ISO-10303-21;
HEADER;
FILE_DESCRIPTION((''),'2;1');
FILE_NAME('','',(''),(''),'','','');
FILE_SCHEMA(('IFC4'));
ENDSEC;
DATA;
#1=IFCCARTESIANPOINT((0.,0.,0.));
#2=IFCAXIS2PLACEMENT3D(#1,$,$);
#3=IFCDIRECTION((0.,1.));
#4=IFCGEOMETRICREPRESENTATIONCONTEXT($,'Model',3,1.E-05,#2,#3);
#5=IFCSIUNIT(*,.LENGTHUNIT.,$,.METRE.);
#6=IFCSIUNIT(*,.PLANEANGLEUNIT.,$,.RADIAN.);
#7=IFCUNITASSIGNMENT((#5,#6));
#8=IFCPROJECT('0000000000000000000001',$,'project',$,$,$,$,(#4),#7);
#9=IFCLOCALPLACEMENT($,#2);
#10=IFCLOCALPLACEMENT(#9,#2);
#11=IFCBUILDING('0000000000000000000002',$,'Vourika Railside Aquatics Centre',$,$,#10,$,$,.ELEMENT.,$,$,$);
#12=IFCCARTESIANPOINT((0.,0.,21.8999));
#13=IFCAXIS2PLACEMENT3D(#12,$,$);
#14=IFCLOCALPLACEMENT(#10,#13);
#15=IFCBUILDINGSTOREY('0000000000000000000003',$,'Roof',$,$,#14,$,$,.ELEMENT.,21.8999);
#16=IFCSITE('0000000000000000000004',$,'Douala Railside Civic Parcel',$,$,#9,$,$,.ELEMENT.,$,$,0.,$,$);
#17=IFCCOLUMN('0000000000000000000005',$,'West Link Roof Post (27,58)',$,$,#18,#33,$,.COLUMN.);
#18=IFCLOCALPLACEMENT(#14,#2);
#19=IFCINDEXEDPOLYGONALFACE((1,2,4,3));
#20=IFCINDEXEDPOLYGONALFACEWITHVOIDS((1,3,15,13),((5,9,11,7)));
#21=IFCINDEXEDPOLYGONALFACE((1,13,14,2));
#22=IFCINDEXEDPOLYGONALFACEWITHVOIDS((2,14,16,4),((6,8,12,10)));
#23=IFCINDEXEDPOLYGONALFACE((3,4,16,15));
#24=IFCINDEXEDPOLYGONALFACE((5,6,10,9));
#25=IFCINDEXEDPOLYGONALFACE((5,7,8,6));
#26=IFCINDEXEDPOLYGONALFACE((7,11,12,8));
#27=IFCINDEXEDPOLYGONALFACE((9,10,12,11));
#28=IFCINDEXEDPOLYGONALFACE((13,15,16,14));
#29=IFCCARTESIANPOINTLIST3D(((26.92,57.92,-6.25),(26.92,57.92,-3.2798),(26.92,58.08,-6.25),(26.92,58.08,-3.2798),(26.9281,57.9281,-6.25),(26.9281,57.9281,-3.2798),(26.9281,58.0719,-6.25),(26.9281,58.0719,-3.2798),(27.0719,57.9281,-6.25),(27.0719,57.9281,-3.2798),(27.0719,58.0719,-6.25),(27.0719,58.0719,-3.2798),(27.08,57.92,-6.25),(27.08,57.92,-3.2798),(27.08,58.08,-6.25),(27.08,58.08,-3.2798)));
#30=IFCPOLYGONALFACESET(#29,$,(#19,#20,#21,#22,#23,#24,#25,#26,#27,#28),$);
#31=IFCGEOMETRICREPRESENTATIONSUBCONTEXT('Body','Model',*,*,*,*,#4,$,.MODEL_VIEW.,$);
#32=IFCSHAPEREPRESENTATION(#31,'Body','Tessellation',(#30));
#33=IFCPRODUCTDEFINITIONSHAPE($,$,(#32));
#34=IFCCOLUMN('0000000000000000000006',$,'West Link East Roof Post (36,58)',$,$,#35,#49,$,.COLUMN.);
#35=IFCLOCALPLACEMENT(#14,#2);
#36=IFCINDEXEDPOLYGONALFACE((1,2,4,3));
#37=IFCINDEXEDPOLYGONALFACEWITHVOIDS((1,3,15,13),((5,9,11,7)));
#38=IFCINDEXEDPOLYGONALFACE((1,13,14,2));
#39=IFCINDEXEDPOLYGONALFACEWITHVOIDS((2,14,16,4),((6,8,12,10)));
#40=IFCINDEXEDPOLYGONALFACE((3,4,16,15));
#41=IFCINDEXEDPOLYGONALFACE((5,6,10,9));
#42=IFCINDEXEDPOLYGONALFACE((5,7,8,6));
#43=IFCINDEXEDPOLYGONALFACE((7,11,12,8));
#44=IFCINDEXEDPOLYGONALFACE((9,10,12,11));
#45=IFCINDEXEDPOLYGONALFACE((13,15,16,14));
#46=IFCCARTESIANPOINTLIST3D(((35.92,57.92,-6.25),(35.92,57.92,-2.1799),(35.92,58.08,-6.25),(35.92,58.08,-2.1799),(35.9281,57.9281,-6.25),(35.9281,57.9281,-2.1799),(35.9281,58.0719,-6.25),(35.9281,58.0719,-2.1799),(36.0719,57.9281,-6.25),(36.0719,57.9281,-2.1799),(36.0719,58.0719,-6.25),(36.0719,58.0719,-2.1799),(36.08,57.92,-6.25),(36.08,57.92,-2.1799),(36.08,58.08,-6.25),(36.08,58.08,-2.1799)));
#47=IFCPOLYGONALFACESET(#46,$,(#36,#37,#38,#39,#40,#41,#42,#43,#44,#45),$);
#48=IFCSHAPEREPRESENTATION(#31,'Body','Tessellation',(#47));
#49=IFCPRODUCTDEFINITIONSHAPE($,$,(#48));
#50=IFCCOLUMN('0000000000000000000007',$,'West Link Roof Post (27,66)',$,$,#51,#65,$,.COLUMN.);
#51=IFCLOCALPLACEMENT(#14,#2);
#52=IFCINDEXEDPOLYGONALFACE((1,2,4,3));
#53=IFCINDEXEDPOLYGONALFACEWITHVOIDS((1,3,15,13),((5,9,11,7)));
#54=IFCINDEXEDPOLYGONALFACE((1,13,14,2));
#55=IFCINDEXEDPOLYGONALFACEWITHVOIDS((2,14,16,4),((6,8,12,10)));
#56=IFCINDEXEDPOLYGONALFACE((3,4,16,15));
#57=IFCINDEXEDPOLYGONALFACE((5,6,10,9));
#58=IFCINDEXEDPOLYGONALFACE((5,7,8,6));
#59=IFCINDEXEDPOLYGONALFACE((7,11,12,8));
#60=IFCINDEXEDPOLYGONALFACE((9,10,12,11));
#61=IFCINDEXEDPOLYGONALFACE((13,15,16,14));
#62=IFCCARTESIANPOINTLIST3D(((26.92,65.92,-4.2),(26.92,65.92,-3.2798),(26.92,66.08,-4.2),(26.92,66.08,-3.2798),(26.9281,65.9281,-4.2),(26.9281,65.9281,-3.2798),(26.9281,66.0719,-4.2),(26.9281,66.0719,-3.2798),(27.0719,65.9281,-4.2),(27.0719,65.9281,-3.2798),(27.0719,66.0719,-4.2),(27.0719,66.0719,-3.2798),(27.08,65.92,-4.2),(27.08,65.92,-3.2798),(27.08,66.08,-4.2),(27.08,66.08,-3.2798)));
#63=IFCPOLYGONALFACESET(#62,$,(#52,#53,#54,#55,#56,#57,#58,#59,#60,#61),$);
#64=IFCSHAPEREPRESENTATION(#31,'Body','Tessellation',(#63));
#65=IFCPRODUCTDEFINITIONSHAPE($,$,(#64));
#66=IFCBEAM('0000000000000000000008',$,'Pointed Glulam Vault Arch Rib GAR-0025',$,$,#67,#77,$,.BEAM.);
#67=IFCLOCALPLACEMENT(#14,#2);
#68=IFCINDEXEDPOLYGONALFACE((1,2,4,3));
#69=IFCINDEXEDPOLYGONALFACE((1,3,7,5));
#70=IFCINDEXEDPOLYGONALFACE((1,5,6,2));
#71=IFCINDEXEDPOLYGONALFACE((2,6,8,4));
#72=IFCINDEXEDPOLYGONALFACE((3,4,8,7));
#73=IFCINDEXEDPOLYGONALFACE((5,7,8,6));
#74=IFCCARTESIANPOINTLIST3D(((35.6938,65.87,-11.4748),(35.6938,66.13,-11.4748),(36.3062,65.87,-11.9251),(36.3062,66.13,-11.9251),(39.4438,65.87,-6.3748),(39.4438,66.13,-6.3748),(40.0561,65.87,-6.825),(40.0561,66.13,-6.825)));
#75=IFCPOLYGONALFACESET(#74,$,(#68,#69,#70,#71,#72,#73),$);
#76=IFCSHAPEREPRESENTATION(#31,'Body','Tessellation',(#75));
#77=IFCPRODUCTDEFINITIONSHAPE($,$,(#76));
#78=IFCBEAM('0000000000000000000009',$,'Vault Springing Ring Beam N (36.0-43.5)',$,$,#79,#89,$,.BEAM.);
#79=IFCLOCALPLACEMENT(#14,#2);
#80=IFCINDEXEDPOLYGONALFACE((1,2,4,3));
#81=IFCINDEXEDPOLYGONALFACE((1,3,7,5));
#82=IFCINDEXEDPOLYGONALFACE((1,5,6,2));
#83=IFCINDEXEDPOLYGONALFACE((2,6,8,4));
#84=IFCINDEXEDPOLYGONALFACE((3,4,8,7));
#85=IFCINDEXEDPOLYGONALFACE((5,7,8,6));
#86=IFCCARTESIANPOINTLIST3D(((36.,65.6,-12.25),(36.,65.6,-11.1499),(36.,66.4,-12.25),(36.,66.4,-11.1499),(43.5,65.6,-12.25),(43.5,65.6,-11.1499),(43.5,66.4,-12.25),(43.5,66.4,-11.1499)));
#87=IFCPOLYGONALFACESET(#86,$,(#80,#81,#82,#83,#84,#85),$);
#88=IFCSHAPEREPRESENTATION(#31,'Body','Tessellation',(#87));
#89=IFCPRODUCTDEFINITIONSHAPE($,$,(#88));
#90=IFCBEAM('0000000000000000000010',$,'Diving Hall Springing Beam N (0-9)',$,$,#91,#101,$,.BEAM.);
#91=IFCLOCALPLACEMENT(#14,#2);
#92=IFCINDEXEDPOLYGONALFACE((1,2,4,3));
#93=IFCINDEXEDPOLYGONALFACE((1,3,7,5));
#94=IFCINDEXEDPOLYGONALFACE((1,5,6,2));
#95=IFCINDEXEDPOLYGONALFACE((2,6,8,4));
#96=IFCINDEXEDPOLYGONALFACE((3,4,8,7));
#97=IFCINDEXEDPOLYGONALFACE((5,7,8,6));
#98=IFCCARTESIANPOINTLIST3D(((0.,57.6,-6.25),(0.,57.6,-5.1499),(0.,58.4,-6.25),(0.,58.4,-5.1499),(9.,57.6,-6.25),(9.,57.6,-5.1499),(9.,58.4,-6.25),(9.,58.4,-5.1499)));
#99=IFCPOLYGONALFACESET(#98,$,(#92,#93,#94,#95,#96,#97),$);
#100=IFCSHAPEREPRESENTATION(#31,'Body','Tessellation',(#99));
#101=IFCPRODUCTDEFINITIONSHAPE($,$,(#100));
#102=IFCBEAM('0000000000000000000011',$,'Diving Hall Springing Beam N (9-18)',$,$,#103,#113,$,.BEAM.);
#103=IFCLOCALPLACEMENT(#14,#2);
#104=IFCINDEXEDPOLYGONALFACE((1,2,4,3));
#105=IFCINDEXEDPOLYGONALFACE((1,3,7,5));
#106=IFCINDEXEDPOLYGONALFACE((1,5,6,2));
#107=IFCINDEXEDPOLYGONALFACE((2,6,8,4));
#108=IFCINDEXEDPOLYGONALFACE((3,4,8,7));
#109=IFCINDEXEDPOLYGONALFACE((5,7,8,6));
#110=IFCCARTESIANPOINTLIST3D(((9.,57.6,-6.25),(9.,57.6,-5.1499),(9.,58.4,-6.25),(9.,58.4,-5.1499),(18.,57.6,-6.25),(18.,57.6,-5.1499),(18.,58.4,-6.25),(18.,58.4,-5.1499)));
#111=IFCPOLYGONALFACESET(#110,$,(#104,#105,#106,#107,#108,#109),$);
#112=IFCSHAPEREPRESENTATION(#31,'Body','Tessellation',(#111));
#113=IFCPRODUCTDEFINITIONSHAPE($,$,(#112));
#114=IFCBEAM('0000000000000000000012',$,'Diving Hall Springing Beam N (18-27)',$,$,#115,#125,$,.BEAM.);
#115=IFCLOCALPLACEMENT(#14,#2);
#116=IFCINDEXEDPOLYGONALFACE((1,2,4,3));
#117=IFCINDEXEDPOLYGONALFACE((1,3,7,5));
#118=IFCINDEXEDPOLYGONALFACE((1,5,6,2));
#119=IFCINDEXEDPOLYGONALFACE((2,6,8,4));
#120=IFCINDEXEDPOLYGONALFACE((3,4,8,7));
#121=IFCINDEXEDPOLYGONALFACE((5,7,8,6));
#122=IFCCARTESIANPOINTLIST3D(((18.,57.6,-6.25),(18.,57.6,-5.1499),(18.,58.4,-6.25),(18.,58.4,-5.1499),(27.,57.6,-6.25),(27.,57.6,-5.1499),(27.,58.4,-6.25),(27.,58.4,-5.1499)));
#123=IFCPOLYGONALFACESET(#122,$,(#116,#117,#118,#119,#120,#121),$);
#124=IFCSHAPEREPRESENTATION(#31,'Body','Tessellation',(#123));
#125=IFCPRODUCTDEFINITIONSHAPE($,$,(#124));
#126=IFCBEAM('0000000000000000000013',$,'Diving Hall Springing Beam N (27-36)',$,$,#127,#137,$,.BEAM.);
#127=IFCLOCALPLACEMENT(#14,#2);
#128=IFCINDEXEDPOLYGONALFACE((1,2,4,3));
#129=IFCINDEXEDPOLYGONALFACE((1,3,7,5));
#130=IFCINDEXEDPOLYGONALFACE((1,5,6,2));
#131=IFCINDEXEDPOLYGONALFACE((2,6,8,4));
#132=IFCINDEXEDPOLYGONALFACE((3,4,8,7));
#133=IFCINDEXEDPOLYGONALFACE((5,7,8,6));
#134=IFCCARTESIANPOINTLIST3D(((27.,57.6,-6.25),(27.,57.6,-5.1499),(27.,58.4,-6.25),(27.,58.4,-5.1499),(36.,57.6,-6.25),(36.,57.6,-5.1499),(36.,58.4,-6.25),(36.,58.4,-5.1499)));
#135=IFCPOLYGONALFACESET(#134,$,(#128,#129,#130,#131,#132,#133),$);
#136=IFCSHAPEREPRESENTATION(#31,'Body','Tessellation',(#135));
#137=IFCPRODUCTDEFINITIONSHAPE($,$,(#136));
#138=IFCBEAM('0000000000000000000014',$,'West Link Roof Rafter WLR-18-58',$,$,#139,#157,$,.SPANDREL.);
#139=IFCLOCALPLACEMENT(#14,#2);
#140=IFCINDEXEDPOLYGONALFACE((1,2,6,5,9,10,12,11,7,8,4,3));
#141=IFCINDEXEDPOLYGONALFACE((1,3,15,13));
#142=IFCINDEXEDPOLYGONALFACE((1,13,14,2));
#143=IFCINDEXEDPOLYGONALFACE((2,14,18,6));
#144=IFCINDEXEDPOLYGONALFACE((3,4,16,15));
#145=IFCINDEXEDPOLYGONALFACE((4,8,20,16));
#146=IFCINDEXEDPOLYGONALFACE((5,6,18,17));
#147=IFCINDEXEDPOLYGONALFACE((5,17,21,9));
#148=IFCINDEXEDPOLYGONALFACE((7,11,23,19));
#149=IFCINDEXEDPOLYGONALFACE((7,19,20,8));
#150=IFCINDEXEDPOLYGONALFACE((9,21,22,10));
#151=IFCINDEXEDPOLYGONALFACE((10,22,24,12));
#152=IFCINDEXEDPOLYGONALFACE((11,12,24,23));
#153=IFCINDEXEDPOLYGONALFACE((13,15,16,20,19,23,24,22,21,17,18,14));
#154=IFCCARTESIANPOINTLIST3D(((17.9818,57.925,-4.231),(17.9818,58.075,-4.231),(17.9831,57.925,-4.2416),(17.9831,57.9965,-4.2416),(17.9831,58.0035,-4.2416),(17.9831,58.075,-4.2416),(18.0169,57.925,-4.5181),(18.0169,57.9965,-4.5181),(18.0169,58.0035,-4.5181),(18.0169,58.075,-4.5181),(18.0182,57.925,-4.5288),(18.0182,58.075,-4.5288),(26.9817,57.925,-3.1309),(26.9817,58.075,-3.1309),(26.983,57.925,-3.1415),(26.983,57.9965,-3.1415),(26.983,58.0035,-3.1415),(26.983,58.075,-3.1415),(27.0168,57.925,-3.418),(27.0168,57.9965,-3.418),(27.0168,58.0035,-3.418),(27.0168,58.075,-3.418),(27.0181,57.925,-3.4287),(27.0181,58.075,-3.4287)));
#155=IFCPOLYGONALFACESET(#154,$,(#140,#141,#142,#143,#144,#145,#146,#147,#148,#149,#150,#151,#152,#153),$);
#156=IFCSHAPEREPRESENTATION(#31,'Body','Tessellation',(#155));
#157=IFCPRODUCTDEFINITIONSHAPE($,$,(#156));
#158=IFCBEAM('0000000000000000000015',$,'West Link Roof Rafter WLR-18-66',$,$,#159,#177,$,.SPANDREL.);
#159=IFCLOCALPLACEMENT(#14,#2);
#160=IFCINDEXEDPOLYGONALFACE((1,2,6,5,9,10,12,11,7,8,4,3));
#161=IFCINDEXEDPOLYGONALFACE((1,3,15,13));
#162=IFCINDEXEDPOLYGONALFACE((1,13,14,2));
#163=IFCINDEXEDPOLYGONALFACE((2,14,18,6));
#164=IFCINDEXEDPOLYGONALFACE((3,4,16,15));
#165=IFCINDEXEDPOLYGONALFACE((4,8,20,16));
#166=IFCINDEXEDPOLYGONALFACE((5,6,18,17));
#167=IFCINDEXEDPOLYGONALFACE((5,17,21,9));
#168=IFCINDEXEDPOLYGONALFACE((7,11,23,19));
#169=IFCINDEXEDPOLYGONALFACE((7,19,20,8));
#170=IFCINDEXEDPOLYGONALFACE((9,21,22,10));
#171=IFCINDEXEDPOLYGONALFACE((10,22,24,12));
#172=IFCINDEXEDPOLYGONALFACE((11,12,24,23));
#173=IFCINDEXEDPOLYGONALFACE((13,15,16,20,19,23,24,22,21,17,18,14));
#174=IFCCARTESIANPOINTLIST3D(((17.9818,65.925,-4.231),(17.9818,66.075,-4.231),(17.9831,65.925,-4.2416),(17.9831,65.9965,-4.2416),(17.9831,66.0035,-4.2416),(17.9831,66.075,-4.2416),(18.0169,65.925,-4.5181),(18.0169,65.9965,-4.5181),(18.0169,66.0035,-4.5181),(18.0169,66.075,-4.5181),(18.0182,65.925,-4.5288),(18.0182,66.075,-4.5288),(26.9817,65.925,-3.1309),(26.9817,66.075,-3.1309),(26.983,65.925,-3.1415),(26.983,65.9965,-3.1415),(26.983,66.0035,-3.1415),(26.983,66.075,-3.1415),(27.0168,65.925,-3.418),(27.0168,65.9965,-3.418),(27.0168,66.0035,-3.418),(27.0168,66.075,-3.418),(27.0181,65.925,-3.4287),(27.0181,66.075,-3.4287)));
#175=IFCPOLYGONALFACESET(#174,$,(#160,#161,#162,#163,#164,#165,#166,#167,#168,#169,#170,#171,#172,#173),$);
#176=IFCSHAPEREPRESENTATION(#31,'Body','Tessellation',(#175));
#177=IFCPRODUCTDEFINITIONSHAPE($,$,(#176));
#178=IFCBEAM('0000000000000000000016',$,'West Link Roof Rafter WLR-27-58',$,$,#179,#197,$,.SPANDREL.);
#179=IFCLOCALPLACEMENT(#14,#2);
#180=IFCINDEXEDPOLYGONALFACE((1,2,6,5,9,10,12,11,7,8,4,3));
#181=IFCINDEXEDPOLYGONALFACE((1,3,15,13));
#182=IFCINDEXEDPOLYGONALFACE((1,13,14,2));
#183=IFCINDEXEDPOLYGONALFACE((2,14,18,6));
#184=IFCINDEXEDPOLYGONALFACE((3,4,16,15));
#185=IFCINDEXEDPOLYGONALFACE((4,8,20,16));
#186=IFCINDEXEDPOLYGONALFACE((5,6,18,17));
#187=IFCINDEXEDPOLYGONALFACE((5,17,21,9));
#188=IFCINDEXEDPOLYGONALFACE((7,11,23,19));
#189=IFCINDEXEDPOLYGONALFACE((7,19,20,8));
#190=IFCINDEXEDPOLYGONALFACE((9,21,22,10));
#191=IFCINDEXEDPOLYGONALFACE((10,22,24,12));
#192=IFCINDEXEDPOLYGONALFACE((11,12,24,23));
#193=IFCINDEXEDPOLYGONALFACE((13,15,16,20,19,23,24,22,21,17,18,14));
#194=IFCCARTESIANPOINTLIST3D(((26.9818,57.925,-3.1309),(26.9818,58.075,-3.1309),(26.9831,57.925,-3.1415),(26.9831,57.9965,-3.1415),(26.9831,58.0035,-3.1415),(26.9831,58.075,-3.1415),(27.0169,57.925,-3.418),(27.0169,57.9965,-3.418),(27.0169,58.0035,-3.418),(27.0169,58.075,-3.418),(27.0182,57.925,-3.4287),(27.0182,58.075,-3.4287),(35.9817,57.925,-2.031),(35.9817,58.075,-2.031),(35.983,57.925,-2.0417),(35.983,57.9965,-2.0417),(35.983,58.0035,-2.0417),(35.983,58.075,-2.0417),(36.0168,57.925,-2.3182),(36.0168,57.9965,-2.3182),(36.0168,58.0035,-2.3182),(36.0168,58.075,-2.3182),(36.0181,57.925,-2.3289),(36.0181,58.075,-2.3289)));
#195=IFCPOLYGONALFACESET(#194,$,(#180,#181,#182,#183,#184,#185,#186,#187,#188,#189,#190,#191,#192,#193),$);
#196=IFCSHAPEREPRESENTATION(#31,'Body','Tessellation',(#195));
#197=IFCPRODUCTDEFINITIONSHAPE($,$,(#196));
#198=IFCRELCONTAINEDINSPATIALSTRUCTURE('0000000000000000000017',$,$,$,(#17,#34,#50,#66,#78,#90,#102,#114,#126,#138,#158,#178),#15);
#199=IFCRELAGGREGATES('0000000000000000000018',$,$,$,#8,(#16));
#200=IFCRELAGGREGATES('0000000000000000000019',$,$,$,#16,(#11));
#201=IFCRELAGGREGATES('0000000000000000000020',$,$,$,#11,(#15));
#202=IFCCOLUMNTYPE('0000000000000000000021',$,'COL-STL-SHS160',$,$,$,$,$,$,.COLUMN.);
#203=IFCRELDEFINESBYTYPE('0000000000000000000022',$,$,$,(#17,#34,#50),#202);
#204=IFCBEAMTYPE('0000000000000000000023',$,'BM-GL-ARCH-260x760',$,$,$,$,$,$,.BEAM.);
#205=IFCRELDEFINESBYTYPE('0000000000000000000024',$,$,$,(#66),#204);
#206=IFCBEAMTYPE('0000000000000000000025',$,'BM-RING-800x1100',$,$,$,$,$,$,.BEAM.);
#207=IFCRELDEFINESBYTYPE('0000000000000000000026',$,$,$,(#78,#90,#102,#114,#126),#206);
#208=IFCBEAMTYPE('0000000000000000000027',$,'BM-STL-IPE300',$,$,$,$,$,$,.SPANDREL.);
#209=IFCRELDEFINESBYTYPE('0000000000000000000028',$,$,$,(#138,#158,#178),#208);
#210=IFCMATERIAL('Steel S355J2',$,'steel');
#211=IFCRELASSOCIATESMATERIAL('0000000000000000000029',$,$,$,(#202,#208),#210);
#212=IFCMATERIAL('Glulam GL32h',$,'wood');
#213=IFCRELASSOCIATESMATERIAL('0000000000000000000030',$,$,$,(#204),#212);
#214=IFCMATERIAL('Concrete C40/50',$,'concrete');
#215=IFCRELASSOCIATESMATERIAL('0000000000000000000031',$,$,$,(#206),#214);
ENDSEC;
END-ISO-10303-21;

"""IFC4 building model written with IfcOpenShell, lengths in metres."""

from ifc_helpers import new_model, si_unit, direction, frame, origin, origin_2d, place, context, subcontext, project, spatial, rectangle, hollow_rectangle, i_section, extrude, material, material_profile, profile_set, type_object, element, save


model = new_model("IFC4")

# Units and contexts
model_context = context("Model", 3, precision=1e-05, world=origin(), true_north=direction((0.0, 1.0)))
body_context = subcontext(model_context, "Body", "Model", "MODEL_VIEW")
ifc_project = project(units=[si_unit("LENGTHUNIT", "METRE"), si_unit("PLANEANGLEUNIT", "RADIAN")], contexts=[model_context])

# Site, building, storey
site_placement = place(None, origin())
site = spatial("IfcSite", under=ifc_project, at=site_placement, Name="Douala Railside Civic Parcel", CompositionType="ELEMENT", RefElevation=0.0)
building_placement = place(site_placement, origin())
building = spatial("IfcBuilding", under=site, at=building_placement, Name="Vourika Railside Aquatics Centre", CompositionType="ELEMENT")
storey_placement = place(building_placement, frame((0.0, 0.0, 21.8999)))
storey = spatial("IfcBuildingStorey", under=building, at=storey_placement, Name="Roof", CompositionType="ELEMENT", Elevation=21.8999)

# Columns
ifc_material_1 = material(Name="Steel S355J2", Category="steel")
ifc_material_profile_1 = material_profile(ifc_material_1, hollow_rectangle(XDim=0.1599, YDim=0.1599, WallThickness=0.0081, at=origin_2d()), Name="SHS 160x160x8")
ifc_profile_set_1 = profile_set([ifc_material_profile_1], Name="Steel S355J2")
column_type = type_object("IfcColumnType", Name="COL-STL-SHS160", PredefinedType="COLUMN", material=ifc_profile_set_1)
column_1_placement = place(storey_placement, frame((27.0, 58.0, -6.25), z_axis=(0.0, 0.0, 1.0), x_axis=(1.0, 0.0, 0.0)))
element("IfcColumn", 1, at=column_1_placement, inside=storey, type_object=column_type, Name="West Link Roof Post (27,58)", PredefinedType="COLUMN", context=body_context, shape_type="SweptSolid", body=[
    extrude(hollow_rectangle(XDim=0.1599, YDim=0.1599, WallThickness=0.0081, at=origin_2d()), origin(), (0.0, 0.0, 1.0), 2.9702),
])
column_2_placement = place(storey_placement, frame((36.0, 58.0, -6.25), z_axis=(0.0, 0.0, 1.0), x_axis=(1.0, 0.0, 0.0)))
element("IfcColumn", 2, at=column_2_placement, inside=storey, type_object=column_type, Name="West Link East Roof Post (36,58)", PredefinedType="COLUMN", context=body_context, shape_type="SweptSolid", body=[
    extrude(hollow_rectangle(XDim=0.1599, YDim=0.1599, WallThickness=0.0081, at=origin_2d()), origin(), (0.0, 0.0, 1.0), 4.0701),
])
column_3_placement = place(storey_placement, frame((27.0, 66.0, -4.2), z_axis=(0.0, 0.0, 1.0), x_axis=(1.0, 0.0, 0.0)))
element("IfcColumn", 3, at=column_3_placement, inside=storey, type_object=column_type, Name="West Link Roof Post (27,66)", PredefinedType="COLUMN", context=body_context, shape_type="SweptSolid", body=[
    extrude(hollow_rectangle(XDim=0.1599, YDim=0.1599, WallThickness=0.0081, at=origin_2d()), origin(), (0.0, 0.0, 1.0), 0.9202),
])

# Beams
ifc_material_2 = material(Name="Glulam GL32h", Category="wood")
ifc_material_profile_2 = material_profile(ifc_material_2, rectangle(XDim=0.26, YDim=0.76, at=origin_2d()), Name="GL32h 260x760")
ifc_profile_set_2 = profile_set([ifc_material_profile_2], Name="Glulam GL32h")
beam_type_1 = type_object("IfcBeamType", Name="BM-GL-ARCH-260x760", PredefinedType="BEAM", material=ifc_profile_set_2)
beam_1_placement = place(storey_placement, frame((36.0, 66.0, -11.7), z_axis=(0.592383, 0.0, 0.805656), x_axis=(0.0, 1.0, 0.0)))
element("IfcBeam", 4, at=beam_1_placement, inside=storey, type_object=beam_type_1, Name="Pointed Glulam Vault Arch Rib GAR-0025", PredefinedType="BEAM", context=body_context, shape_type="SweptSolid", body=[
    extrude(rectangle(XDim=0.26, YDim=0.76, at=origin_2d()), origin(), (0.0, 0.0, 1.0), 6.3303),
])
ifc_material_3 = material(Name="Concrete C40/50", Category="concrete")
ifc_material_profile_3 = material_profile(ifc_material_3, rectangle(XDim=0.8, YDim=1.1001, at=origin_2d()), Name="RC 800x1100")
ifc_profile_set_3 = profile_set([ifc_material_profile_3], Name="Concrete C40/50")
beam_type_2 = type_object("IfcBeamType", Name="BM-RING-800x1100", PredefinedType="BEAM", material=ifc_profile_set_3)
beam_2_placement = place(storey_placement, frame((36.0, 66.0, -11.7), z_axis=(1.0, 0.0, 0.0), x_axis=(0.0, 1.0, 0.0)))
element("IfcBeam", 5, at=beam_2_placement, inside=storey, type_object=beam_type_2, Name="Vault Springing Ring Beam N (36.0-43.5)", PredefinedType="BEAM", context=body_context, shape_type="SweptSolid", body=[
    extrude(rectangle(XDim=0.8, YDim=1.1001, at=origin_2d()), origin(), (0.0, 0.0, 1.0), 7.5),
])
for number, where, z_axis, x_axis, name in (
    (6, (0.0, 58.0, -5.7), (1.0, 0.0, 0.0), (0.0, 1.0, 0.0), "Diving Hall Springing Beam N (0-9)"),
    (7, (9.0, 58.0, -5.7), (1.0, 0.0, 0.0), (0.0, 1.0, 0.0), "Diving Hall Springing Beam N (9-18)"),
    (8, (18.0, 58.0, -5.7), (1.0, 0.0, 0.0), (0.0, 1.0, 0.0), "Diving Hall Springing Beam N (18-27)"),
    (9, (27.0, 58.0, -5.7), (1.0, 0.0, 0.0), (0.0, 1.0, 0.0), "Diving Hall Springing Beam N (27-36)"),
):
    element("IfcBeam", number, at=place(storey_placement, frame(where, z_axis=z_axis, x_axis=x_axis)), inside=storey, type_object=beam_type_2, Name=name, PredefinedType="BEAM", context=body_context, shape_type="SweptSolid", body=[
        extrude(rectangle(XDim=0.8, YDim=1.1001, at=origin_2d()), origin(), (0.0, 0.0, 1.0), 9.0),
    ])
ifc_material_profile_4 = material_profile(ifc_material_1, i_section(OverallWidth=0.1499, OverallDepth=0.3, WebThickness=0.0071, FlangeThickness=0.0107, at=origin_2d()), Name="IPE 300")
ifc_profile_set_4 = profile_set([ifc_material_profile_4], Name="Steel S355J2")
beam_type_3 = type_object("IfcBeamType", Name="BM-STL-IPE300", PredefinedType="SPANDREL", material=ifc_profile_set_4)
for number, where, z_axis, x_axis, name in (
    (10, (18.0, 58.0, -4.3799), (0.992612, 0.0, 0.12133), (0.0, 1.0, 0.0), "West Link Roof Rafter WLR-18-58"),
    (11, (18.0, 66.0, -4.3799), (0.992612, 0.0, 0.12133), (0.0, 1.0, 0.0), "West Link Roof Rafter WLR-18-66"),
    (12, (27.0, 58.0, -3.2798), (0.992615, 0.0, 0.121304), (0.0, 1.0, 0.0), "West Link Roof Rafter WLR-27-58"),
):
    element("IfcBeam", number, at=place(storey_placement, frame(where, z_axis=z_axis, x_axis=x_axis)), inside=storey, type_object=beam_type_3, Name=name, PredefinedType="SPANDREL", context=body_context, shape_type="SweptSolid", body=[
        extrude(i_section(OverallWidth=0.1499, OverallDepth=0.3, WebThickness=0.0071, FlangeThickness=0.0107, at=origin_2d()), origin(), (0.0, 0.0, 1.0), 9.0669),
    ])

save(model, "model.ifc")
